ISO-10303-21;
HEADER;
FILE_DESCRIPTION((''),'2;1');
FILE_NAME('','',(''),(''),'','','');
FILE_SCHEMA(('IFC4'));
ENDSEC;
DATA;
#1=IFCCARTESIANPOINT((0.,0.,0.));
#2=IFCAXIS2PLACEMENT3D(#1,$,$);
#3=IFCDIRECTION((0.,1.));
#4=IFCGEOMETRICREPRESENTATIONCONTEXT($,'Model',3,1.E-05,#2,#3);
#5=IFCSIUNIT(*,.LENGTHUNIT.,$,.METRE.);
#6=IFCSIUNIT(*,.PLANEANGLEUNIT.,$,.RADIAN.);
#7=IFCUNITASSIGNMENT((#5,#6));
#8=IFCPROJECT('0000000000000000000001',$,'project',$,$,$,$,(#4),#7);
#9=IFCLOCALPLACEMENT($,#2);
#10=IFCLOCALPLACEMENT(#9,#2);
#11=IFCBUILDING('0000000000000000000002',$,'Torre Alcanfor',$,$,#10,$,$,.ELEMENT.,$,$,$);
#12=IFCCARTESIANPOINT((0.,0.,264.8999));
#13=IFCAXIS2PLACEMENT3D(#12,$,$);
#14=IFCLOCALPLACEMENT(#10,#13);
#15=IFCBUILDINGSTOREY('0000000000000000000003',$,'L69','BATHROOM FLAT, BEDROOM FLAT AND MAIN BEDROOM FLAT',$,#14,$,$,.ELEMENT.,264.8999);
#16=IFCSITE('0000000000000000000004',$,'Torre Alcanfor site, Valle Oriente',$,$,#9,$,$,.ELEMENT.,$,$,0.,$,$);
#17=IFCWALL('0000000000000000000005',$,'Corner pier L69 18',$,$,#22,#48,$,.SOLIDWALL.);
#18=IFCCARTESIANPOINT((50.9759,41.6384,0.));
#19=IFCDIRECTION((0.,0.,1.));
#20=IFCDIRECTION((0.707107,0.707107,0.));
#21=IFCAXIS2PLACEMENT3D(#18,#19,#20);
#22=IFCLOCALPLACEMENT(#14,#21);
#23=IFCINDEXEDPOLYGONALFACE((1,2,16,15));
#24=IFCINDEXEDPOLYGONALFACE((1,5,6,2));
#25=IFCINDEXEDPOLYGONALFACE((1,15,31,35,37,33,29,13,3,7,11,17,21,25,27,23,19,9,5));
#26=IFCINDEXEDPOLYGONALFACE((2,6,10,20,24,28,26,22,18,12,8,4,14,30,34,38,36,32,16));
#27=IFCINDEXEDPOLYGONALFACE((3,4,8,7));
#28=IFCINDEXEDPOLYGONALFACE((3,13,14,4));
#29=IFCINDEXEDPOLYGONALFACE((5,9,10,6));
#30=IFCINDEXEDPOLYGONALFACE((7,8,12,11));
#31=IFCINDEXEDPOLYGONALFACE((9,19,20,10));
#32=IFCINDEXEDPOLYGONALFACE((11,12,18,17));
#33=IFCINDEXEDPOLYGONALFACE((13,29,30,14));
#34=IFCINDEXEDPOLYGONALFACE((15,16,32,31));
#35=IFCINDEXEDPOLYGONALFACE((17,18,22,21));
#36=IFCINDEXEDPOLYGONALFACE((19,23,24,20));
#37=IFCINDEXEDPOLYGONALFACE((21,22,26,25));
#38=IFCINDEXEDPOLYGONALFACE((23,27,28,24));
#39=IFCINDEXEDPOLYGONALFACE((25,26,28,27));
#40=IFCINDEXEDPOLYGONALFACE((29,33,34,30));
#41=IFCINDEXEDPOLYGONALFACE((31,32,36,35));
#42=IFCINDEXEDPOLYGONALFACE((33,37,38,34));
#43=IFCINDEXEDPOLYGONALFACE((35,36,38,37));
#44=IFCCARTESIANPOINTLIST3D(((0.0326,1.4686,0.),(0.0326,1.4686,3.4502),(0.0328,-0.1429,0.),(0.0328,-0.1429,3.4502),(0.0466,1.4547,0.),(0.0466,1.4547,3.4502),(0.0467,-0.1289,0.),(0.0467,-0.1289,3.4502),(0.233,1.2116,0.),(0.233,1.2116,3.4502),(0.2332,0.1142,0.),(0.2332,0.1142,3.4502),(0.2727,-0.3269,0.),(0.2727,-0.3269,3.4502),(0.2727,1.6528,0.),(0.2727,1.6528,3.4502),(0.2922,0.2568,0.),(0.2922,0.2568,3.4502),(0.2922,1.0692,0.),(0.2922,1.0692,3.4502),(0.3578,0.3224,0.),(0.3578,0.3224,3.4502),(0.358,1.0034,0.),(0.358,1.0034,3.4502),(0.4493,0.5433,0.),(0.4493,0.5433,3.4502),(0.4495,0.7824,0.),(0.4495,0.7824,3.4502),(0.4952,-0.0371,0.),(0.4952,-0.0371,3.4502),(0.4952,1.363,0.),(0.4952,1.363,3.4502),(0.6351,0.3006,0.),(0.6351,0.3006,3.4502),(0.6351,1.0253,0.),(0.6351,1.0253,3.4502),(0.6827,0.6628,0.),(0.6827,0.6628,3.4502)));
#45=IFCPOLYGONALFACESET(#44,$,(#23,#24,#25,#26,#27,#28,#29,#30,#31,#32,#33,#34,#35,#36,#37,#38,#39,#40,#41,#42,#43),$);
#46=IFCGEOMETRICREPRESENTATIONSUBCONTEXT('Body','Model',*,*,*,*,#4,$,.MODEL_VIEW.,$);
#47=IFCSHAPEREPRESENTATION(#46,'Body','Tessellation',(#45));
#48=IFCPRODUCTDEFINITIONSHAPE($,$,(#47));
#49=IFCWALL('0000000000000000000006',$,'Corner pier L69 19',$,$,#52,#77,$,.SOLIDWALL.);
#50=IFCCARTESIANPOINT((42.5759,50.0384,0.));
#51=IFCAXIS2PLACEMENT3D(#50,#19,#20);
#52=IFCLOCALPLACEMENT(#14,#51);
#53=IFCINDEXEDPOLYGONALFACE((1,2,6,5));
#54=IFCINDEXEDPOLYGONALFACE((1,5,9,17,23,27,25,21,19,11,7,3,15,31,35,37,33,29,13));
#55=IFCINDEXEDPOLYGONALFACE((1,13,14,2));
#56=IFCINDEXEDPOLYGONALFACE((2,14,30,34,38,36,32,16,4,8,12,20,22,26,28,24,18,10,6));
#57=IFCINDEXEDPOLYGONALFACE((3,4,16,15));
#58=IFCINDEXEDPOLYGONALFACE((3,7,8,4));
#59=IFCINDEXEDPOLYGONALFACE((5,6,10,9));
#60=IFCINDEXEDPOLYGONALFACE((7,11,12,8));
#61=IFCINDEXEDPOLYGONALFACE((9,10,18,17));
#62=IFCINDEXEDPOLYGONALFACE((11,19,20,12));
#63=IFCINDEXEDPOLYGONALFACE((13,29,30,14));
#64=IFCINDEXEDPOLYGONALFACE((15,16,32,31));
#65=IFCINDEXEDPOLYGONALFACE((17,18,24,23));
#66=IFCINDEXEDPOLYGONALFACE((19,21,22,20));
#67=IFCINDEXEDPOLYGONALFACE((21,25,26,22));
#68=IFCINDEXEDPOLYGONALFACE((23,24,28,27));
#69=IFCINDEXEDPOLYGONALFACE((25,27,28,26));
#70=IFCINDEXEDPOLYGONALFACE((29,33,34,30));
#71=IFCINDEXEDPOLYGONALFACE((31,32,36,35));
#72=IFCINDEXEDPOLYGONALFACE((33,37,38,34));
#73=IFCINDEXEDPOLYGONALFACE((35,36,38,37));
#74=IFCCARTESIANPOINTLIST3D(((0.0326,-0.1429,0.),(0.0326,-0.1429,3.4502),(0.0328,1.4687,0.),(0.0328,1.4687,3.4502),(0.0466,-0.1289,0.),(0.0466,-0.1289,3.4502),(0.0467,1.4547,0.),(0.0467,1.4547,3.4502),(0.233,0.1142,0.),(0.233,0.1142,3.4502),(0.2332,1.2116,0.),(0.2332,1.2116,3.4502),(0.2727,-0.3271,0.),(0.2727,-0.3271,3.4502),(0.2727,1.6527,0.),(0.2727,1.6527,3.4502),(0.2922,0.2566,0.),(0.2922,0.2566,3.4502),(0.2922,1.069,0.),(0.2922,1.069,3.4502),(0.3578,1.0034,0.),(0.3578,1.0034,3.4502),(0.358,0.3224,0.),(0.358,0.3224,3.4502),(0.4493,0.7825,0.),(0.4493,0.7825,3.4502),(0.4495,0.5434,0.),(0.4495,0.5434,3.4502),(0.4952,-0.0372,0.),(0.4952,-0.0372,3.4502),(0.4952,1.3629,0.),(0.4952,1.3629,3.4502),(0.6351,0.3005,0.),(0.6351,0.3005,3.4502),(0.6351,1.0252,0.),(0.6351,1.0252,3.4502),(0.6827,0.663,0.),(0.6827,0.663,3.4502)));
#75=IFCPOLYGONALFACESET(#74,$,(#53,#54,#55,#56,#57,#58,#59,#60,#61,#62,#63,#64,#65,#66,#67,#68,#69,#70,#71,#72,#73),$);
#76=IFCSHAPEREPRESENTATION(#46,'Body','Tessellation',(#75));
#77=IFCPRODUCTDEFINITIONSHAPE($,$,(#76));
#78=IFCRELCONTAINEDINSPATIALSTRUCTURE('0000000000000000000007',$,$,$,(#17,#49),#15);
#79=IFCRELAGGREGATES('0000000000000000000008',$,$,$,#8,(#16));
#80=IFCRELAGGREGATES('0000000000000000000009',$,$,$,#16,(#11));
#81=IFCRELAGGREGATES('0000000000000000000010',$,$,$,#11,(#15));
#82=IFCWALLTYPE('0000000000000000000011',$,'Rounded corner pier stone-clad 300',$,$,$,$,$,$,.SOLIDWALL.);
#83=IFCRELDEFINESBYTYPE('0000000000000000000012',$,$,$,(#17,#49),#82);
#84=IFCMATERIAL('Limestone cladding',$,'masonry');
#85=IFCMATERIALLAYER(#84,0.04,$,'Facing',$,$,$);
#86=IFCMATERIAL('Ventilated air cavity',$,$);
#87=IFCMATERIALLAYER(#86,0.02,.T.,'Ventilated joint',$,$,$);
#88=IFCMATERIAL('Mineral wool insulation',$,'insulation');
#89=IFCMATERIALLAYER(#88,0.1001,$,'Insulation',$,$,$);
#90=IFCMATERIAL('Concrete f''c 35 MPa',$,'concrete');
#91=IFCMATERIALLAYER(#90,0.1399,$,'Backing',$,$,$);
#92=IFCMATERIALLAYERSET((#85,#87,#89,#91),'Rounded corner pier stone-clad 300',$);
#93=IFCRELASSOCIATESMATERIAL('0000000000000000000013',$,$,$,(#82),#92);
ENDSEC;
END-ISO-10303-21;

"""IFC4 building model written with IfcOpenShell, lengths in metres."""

from ifc_helpers import new_model, si_unit, direction, frame, origin, place, context, subcontext, project, spatial, polyline, outline, extrude, material, layer, layer_set, type_object, element, save


model = new_model("IFC4")

# Units and contexts
model_context = context("Model", 3, precision=1e-05, world=origin(), true_north=direction((0.0, 1.0)))
body_context = subcontext(model_context, "Body", "Model", "MODEL_VIEW")
ifc_project = project(units=[si_unit("LENGTHUNIT", "METRE"), si_unit("PLANEANGLEUNIT", "RADIAN")], contexts=[model_context])

# Site, building, storey
site_placement = place(None, origin())
site = spatial("IfcSite", under=ifc_project, at=site_placement, Name="Torre Alcanfor site, Valle Oriente", CompositionType="ELEMENT", RefElevation=0.0)
building_placement = place(site_placement, origin())
building = spatial("IfcBuilding", under=site, at=building_placement, Name="Torre Alcanfor", CompositionType="ELEMENT")
storey_placement = place(building_placement, frame((0.0, 0.0, 264.8999)))
storey = spatial("IfcBuildingStorey", under=building, at=storey_placement, Name="L69", Description="BATHROOM FLAT, BEDROOM FLAT AND MAIN BEDROOM FLAT", CompositionType="ELEMENT", Elevation=264.8999)

# Shared definitions
ifc_material_1 = material(Name="Limestone cladding", Category="masonry")
ifc_material_2 = material(Name="Ventilated air cavity")
ifc_material_3 = material(Name="Mineral wool insulation", Category="insulation")
ifc_material_4 = material(Name="Concrete f'c 35 MPa", Category="concrete")

# Walls
ifc_layer_1 = layer(ifc_material_1, 0.04, Name="Facing")
ifc_layer_2 = layer(ifc_material_2, 0.02, ventilated=True, Name="Ventilated joint")
ifc_layer_3 = layer(ifc_material_3, 0.1001, Name="Insulation")
ifc_layer_4 = layer(ifc_material_4, 0.1399, Name="Backing")
ifc_layer_set_1 = layer_set([ifc_layer_1, ifc_layer_2, ifc_layer_3, ifc_layer_4], Name="Rounded corner pier stone-clad 300")
wall_type_1 = type_object("IfcWallType", Name="Rounded corner pier stone-clad 300", PredefinedType="SOLIDWALL", material=ifc_layer_set_1)
wall_1_placement = place(storey_placement, frame((50.9759, 41.6384, 0.0), z_axis=(0.0, 0.0, 1.0), x_axis=(0.707107, 0.707107, 0.0)))
element("IfcWall", 1, at=wall_1_placement, inside=storey, type_object=wall_type_1, Name="Corner pier L69 18", PredefinedType="SOLIDWALL", context=body_context, shape_type="SweptSolid", body=[
    extrude(outline(polyline([(0.2332, 0.1142), (0.0467, -0.1289), (0.0328, -0.1429), (0.2727, -0.3269), (0.4952, -0.0371), (0.6351, 0.3006), (0.6827, 0.6628), (0.6351, 1.0253), (0.4952, 1.363), (0.2727, 1.6528), (0.0326, 1.4686), (0.0466, 1.4547), (0.233, 1.2116), (0.2922, 1.0692), (0.358, 1.0034), (0.4495, 0.7824), (0.4493, 0.5433), (0.3578, 0.3224), (0.2922, 0.2568), (0.2332, 0.1142)])), origin(), (0.0, 0.0, 1.0), 3.4502),
])
wall_2_placement = place(storey_placement, frame((42.5759, 50.0384, 0.0), z_axis=(0.0, 0.0, 1.0), x_axis=(0.707107, 0.707107, 0.0)))
element("IfcWall", 2, at=wall_2_placement, inside=storey, type_object=wall_type_1, Name="Corner pier L69 19", PredefinedType="SOLIDWALL", context=body_context, shape_type="SweptSolid", body=[
    extrude(outline(polyline([(0.233, 0.1142), (0.0466, -0.1289), (0.0326, -0.1429), (0.2727, -0.3271), (0.4952, -0.0372), (0.6351, 0.3005), (0.6827, 0.663), (0.6351, 1.0252), (0.4952, 1.3629), (0.2727, 1.6527), (0.0328, 1.4687), (0.0467, 1.4547), (0.2332, 1.2116), (0.2922, 1.069), (0.3578, 1.0034), (0.4493, 0.7825), (0.4495, 0.5434), (0.358, 0.3224), (0.2922, 0.2566), (0.233, 0.1142)])), origin(), (0.0, 0.0, 1.0), 3.4502),
])

save(model, "model.ifc")
